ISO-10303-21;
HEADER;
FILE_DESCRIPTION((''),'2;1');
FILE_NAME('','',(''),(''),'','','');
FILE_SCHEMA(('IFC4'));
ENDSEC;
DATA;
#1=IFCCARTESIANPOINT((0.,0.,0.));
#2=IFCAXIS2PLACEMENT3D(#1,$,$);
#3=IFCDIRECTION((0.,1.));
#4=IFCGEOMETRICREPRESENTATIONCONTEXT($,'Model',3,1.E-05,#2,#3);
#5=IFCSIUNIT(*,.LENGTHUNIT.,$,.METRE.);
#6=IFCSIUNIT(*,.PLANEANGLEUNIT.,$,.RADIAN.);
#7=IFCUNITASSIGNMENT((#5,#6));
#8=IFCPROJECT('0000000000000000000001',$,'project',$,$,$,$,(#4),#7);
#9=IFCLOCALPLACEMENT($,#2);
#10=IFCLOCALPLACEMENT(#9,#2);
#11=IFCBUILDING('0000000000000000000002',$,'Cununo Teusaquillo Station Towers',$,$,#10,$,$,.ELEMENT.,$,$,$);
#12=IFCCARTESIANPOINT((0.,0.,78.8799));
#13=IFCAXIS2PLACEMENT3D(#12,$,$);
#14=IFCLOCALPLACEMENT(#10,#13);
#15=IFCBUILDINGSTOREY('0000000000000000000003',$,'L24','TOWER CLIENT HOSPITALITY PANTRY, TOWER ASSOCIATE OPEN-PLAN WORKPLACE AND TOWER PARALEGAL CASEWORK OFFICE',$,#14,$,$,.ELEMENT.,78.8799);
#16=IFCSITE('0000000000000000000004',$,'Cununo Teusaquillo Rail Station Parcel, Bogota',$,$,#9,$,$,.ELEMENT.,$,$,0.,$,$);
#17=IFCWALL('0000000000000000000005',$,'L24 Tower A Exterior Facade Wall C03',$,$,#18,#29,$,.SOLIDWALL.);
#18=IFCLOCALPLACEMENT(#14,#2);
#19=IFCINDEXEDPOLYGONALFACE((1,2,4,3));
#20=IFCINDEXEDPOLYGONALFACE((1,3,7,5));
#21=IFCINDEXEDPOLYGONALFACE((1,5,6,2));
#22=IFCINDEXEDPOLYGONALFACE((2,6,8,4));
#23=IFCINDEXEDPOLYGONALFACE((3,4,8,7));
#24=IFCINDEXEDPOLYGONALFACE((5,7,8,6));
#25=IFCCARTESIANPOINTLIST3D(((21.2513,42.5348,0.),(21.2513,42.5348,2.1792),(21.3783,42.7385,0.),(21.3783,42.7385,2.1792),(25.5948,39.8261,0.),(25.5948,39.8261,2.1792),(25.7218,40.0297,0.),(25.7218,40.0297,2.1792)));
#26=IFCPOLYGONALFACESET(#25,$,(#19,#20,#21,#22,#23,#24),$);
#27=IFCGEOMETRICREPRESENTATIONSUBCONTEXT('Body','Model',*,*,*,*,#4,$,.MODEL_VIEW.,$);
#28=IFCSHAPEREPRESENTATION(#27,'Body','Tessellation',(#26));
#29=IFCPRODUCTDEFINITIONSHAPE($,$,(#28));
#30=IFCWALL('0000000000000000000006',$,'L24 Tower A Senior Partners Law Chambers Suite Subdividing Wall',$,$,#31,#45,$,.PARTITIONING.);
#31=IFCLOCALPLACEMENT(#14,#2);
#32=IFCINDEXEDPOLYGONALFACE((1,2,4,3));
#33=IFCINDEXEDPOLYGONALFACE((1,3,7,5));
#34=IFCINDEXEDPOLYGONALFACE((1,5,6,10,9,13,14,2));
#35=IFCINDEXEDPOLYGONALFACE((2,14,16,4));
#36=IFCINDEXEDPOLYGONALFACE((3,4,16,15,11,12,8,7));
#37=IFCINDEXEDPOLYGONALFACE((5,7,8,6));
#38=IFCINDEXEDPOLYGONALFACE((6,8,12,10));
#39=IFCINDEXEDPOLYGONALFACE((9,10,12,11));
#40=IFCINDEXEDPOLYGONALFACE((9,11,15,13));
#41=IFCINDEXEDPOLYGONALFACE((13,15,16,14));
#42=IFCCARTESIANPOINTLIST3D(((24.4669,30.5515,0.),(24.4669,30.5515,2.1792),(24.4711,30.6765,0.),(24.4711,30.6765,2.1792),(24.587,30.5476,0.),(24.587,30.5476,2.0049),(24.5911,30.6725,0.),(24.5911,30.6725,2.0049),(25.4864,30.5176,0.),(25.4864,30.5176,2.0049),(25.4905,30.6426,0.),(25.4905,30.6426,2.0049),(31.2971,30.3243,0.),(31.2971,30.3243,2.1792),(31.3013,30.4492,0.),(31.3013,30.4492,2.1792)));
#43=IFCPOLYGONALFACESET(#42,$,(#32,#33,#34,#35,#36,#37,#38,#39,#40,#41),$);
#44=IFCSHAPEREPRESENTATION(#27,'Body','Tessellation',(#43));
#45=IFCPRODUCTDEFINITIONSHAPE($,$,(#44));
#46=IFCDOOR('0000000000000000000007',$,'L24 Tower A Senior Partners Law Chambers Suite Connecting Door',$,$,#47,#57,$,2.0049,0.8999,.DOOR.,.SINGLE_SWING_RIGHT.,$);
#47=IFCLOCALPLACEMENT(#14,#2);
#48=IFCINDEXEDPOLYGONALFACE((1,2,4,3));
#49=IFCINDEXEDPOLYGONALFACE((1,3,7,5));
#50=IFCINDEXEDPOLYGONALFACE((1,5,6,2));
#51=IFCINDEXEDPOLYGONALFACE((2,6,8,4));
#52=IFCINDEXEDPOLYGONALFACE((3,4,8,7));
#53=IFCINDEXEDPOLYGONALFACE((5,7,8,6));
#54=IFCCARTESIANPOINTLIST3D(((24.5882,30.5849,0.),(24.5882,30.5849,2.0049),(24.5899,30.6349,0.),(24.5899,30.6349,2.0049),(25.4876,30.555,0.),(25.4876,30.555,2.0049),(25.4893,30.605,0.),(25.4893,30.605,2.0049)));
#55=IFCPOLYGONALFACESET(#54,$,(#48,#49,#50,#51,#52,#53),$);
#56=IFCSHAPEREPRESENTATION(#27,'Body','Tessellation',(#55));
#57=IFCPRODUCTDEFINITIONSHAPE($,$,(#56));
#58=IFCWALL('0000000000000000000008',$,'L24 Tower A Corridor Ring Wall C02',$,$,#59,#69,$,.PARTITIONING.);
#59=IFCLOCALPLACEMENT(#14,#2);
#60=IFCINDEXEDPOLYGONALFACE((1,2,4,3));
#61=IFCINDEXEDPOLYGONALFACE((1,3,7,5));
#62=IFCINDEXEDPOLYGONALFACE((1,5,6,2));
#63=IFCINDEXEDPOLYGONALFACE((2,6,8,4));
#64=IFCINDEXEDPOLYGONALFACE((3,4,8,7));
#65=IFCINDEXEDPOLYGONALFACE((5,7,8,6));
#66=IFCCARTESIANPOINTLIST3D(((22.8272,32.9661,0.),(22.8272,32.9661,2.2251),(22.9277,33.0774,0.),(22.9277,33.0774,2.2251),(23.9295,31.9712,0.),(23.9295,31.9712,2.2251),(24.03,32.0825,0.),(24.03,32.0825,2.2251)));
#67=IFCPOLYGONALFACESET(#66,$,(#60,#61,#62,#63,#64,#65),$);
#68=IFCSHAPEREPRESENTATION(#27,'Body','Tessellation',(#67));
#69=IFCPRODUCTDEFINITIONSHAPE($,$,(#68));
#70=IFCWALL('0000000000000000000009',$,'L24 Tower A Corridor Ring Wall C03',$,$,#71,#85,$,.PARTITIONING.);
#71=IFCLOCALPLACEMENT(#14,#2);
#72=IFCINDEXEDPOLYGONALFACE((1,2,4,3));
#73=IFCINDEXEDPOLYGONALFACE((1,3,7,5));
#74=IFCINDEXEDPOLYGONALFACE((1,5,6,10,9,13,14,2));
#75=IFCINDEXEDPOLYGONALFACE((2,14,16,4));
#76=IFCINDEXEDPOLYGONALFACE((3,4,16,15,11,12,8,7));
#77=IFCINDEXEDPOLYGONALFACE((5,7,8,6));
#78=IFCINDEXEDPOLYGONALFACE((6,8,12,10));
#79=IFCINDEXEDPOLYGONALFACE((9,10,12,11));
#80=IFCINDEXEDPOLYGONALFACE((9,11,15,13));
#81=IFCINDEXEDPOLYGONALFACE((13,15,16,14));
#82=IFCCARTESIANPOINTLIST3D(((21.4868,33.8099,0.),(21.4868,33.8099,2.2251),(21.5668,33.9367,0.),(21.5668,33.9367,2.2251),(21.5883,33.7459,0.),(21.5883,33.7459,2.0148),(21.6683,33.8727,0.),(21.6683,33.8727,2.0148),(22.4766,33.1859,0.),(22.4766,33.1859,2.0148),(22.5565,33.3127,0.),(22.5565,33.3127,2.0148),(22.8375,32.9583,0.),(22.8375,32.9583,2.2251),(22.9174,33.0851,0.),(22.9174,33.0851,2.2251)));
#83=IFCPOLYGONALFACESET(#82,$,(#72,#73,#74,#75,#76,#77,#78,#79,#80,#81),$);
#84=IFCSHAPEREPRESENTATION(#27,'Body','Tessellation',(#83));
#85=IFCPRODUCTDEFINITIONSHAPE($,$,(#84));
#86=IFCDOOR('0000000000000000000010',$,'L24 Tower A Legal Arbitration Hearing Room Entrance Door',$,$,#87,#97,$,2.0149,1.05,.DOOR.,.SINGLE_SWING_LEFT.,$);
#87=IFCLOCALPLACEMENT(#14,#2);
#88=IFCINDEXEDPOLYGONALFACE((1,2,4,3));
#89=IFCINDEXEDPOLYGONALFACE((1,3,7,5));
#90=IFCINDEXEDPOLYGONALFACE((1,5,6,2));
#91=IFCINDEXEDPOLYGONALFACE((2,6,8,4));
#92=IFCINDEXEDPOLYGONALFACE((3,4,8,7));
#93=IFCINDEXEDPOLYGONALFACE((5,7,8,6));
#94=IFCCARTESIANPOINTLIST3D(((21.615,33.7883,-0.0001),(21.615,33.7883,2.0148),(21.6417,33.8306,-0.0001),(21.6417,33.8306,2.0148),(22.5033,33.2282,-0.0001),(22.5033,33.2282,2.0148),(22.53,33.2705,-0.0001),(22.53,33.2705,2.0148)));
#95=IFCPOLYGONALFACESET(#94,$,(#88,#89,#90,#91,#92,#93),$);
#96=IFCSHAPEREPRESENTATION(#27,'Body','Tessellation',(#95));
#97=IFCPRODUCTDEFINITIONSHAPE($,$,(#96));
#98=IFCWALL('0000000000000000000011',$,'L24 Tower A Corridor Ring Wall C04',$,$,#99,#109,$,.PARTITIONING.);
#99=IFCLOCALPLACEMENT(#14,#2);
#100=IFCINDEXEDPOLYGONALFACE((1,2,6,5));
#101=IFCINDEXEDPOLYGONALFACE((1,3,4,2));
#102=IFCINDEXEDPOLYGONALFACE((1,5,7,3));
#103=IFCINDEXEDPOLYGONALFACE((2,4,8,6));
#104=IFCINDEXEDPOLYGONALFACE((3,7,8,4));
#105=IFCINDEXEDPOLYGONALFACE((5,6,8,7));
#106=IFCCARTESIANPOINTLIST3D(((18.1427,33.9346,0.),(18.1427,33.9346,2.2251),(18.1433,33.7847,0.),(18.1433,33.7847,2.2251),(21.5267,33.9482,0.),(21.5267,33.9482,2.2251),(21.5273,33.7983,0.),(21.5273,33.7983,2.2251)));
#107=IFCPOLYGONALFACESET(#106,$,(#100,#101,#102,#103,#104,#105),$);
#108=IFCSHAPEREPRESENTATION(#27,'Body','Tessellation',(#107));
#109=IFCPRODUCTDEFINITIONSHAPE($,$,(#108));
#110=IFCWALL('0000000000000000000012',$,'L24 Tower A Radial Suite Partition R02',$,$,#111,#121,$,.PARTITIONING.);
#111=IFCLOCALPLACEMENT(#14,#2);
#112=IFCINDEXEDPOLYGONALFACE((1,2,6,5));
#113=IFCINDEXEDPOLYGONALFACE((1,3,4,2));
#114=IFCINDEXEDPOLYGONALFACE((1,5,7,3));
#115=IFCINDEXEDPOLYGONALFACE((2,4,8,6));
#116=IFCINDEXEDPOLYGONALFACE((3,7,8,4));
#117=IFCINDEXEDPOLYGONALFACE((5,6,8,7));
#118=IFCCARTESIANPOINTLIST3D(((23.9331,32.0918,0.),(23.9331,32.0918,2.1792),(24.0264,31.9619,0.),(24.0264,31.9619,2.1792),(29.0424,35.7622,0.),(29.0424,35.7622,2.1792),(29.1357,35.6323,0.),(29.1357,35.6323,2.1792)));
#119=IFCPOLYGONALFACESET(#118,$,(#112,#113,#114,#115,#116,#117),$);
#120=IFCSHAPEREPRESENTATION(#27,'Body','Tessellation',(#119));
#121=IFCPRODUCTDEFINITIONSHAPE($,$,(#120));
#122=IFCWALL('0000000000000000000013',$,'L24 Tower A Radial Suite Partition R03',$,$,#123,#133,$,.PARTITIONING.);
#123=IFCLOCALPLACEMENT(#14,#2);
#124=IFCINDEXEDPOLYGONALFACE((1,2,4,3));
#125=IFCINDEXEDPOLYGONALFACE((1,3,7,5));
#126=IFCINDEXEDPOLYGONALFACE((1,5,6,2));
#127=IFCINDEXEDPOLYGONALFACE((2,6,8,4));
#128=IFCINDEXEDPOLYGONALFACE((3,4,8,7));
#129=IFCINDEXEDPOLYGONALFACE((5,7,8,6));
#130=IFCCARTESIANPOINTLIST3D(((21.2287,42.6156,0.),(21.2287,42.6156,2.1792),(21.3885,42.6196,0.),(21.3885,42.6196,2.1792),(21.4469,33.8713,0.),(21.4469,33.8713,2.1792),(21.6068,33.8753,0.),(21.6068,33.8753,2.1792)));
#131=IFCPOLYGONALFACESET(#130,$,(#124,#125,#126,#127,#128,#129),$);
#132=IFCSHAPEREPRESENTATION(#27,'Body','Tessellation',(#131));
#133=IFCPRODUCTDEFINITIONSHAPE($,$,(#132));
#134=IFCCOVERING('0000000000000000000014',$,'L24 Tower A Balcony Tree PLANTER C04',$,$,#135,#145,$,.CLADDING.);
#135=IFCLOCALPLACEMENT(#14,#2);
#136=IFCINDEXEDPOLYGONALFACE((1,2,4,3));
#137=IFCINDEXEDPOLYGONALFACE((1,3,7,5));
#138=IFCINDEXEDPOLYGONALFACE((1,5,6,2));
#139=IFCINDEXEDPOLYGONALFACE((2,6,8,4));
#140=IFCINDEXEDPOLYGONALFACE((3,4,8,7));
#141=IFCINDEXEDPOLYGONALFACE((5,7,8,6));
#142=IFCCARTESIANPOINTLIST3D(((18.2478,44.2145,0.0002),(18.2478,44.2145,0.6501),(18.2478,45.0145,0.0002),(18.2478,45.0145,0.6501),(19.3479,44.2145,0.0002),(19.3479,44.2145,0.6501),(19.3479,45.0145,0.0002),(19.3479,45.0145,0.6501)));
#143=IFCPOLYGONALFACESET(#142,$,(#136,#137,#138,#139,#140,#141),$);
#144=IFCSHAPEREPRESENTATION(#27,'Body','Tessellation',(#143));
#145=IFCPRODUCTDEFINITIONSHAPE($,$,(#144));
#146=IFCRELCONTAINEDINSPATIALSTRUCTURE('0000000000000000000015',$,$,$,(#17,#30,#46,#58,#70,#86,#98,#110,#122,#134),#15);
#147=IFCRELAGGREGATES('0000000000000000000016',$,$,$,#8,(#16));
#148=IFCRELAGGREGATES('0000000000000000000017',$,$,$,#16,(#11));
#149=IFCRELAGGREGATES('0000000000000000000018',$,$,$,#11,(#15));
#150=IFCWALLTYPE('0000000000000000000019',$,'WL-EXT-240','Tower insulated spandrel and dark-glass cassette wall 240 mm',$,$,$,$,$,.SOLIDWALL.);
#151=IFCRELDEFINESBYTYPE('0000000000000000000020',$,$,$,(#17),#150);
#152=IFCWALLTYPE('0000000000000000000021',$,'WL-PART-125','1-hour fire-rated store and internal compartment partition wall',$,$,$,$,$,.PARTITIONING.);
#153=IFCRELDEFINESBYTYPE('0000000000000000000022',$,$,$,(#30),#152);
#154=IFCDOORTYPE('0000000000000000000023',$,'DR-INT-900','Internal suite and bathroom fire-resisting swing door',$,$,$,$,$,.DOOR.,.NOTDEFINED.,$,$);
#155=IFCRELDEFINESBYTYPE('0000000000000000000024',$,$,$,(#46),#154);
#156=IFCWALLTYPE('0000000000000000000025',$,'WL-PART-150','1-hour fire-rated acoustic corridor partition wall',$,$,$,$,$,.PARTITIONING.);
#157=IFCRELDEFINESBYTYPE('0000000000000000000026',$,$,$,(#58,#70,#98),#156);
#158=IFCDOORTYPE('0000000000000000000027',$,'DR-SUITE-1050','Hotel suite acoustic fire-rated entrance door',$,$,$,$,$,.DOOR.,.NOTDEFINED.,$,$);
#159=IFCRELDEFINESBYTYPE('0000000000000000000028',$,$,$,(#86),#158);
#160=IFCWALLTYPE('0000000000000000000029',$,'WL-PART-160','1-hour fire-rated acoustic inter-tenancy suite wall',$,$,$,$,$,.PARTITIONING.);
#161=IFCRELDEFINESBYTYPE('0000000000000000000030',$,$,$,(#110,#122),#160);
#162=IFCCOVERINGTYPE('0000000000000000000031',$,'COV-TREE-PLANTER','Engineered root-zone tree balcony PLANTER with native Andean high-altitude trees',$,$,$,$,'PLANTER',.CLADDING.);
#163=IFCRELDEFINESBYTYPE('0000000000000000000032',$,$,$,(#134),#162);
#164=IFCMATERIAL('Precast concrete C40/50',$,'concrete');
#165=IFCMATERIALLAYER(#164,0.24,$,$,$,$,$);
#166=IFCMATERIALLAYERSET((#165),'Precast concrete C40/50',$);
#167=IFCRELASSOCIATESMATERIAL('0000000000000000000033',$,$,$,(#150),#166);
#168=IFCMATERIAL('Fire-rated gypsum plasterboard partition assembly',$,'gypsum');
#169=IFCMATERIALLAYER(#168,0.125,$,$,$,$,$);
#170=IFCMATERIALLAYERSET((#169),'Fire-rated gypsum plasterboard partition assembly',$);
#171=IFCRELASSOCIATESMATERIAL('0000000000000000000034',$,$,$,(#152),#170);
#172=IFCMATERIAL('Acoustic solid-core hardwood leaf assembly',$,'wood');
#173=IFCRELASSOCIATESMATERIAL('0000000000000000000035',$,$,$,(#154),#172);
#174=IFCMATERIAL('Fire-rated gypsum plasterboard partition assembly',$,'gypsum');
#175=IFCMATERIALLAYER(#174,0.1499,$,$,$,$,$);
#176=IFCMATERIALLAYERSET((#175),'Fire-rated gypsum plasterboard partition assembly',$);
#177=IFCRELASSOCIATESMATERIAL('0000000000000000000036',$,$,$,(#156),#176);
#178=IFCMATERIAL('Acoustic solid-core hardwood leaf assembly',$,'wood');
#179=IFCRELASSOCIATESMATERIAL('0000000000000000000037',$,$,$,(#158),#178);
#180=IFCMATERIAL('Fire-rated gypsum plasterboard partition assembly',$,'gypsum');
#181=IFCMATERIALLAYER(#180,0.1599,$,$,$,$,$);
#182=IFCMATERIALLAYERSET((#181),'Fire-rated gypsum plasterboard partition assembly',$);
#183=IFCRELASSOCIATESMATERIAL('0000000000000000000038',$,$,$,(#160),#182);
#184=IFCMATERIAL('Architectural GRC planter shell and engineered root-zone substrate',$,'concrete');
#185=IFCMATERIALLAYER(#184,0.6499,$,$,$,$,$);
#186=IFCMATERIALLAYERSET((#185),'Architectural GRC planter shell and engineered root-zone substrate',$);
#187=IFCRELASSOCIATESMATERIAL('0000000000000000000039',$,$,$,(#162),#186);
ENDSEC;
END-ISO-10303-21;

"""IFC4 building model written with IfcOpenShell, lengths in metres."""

from ifc_helpers import new_model, si_unit, direction, frame, frame_2d, origin, origin_2d, place, context, subcontext, project, spatial, rectangle, extrude, source, transform, mapped, material, layer, layer_set, type_object, element, fill, save


model = new_model("IFC4")

# Units and contexts
model_context = context("Model", 3, precision=1e-05, world=origin(), true_north=direction((0.0, 1.0)))
body_context = subcontext(model_context, "Body", "Model", "MODEL_VIEW")
ifc_project = project(units=[si_unit("LENGTHUNIT", "METRE"), si_unit("PLANEANGLEUNIT", "RADIAN")], contexts=[model_context])

# Site, building, storey
site_placement = place(None, origin())
site = spatial("IfcSite", under=ifc_project, at=site_placement, Name="Cununo Teusaquillo Rail Station Parcel, Bogota", CompositionType="ELEMENT", RefElevation=0.0)
building_placement = place(site_placement, origin())
building = spatial("IfcBuilding", under=site, at=building_placement, Name="Cununo Teusaquillo Station Towers", CompositionType="ELEMENT")
storey_placement = place(building_placement, frame((0.0, 0.0, 78.8799)))
storey = spatial("IfcBuildingStorey", under=building, at=storey_placement, Name="L24", Description="TOWER CLIENT HOSPITALITY PANTRY, TOWER ASSOCIATE OPEN-PLAN WORKPLACE AND TOWER PARALEGAL CASEWORK OFFICE", CompositionType="ELEMENT", Elevation=78.8799)

# Shared definitions
ifc_material_1 = material(Name="Precast concrete C40/50", Category="concrete")
ifc_layer_1 = layer(ifc_material_1, 0.24)
ifc_layer_set_1 = layer_set([ifc_layer_1], Name="Precast concrete C40/50")
wall_type_1 = type_object("IfcWallType", Name="WL-EXT-240", Description="Tower insulated spandrel and dark-glass cassette wall 240 mm", PredefinedType="SOLIDWALL", material=ifc_layer_set_1)

# Wall
wall_1_placement = place(storey_placement, frame((21.3147, 42.6367, 0.0), z_axis=(0.0, 0.0, 1.0), x_axis=(0.84852, -0.529163, 0.0)))
element("IfcWall", 1, at=wall_1_placement, inside=storey, type_object=wall_type_1, Name="L24 Tower A Exterior Facade Wall C03", PredefinedType="SOLIDWALL", context=body_context, shape_type="SweptSolid", body=[
    extrude(rectangle(XDim=5.1189, YDim=0.24, at=frame_2d((2.5596, 0.0))), origin(), (0.0, 0.0, 1.0), 2.1792),
])

# Wall, opening, door
ifc_material_2 = material(Name="Fire-rated gypsum plasterboard partition assembly", Category="gypsum")
ifc_layer_2 = layer(ifc_material_2, 0.125)
ifc_layer_set_2 = layer_set([ifc_layer_2], Name="Fire-rated gypsum plasterboard partition assembly")
wall_type_2 = type_object("IfcWallType", Name="WL-PART-125", Description="1-hour fire-rated store and internal compartment partition wall", PredefinedType="PARTITIONING", material=ifc_layer_set_2)
wall_2_placement = place(storey_placement, frame((24.469, 30.614, 0.0), z_axis=(0.0, 0.0, 1.0), x_axis=(0.999447, -0.033259, 0.0)))
wall_2 = element("IfcWall", 2, at=wall_2_placement, inside=storey, type_object=wall_type_2, Name="L24 Tower A Senior Partners Law Chambers Suite Subdividing Wall", PredefinedType="PARTITIONING", context=body_context, shape_type="SweptSolid", body=[
    extrude(rectangle(XDim=6.834, YDim=0.125, at=frame_2d((3.417, 0.0))), origin(), (0.0, 0.0, 1.0), 2.1792),
])
shared_shape_1 = source(origin(), body_context, "Body", "SweptSolid", [
    extrude(rectangle(XDim=0.8999, YDim=2.0049, at=frame_2d((0.45, 1.0024))), frame((0.0, 0.0725, 0.0), z_axis=(0.0, -1.0, 0.0), x_axis=(1.0, 0.0, 0.0)), (0.0, 0.0, 1.0), 0.145),
])
opening_1_placement = place(wall_2_placement, frame((0.1201, 0.0, 0.0)))
opening_1 = element("IfcOpeningElement", 3, at=opening_1_placement, cuts=wall_2, PredefinedType="OPENING", context=body_context, shape_type="MappedRepresentation", body=[
    mapped(shared_shape_1, transform((0.0, 0.0, 0.0), x_axis=(1.0, 0.0, 0.0), y_axis=(0.0, 1.0, 0.0), z_axis=(0.0, 0.0, 1.0), scale=1.0)),
])
ifc_material_3 = material(Name="Acoustic solid-core hardwood leaf assembly", Category="wood")
door_type_1 = type_object("IfcDoorType", Name="DR-INT-900", Description="Internal suite and bathroom fire-resisting swing door", OperationType="NOTDEFINED", PredefinedType="DOOR", material=ifc_material_3)
shared_shape_2 = source(origin(), body_context, "Body", "SweptSolid", [
    extrude(rectangle(XDim=0.8999, YDim=2.0049, at=frame_2d((0.45, 1.0024))), frame((0.0, 0.0249, 0.0), z_axis=(0.0, -1.0, 0.0), x_axis=(1.0, 0.0, 0.0)), (0.0, 0.0, 1.0), 0.05),
])
door_1_placement = place(opening_1_placement, origin())
door_1 = element("IfcDoor", 4, at=door_1_placement, inside=storey, type_object=door_type_1, Name="L24 Tower A Senior Partners Law Chambers Suite Connecting Door", OperationType="SINGLE_SWING_RIGHT", OverallHeight=2.0049, OverallWidth=0.8999, PredefinedType="DOOR", context=body_context, shape_type="MappedRepresentation", body=[
    mapped(shared_shape_2, transform((0.0, 0.0, 0.0), x_axis=(1.0, 0.0, 0.0), y_axis=(0.0, 1.0, 0.0), z_axis=(0.0, 0.0, 1.0), scale=1.0)),
])
fill(opening_1, door_1)

# Wall
ifc_material_4 = material(Name="Fire-rated gypsum plasterboard partition assembly", Category="gypsum")
ifc_layer_3 = layer(ifc_material_4, 0.1499)
ifc_layer_set_3 = layer_set([ifc_layer_3], Name="Fire-rated gypsum plasterboard partition assembly")
wall_type_3 = type_object("IfcWallType", Name="WL-PART-150", Description="1-hour fire-rated acoustic corridor partition wall", PredefinedType="PARTITIONING", material=ifc_layer_set_3)
wall_3_placement = place(storey_placement, frame((23.9797, 32.0269, 0.0), z_axis=(0.0, 0.0, 1.0), x_axis=(-0.742353, 0.670009, 0.0)))
element("IfcWall", 5, at=wall_3_placement, inside=storey, type_object=wall_type_3, Name="L24 Tower A Corridor Ring Wall C02", PredefinedType="PARTITIONING", context=body_context, shape_type="SweptSolid", body=[
    extrude(rectangle(XDim=1.4849, YDim=0.1499, at=frame_2d((0.7424, 0.0))), origin(), (0.0, 0.0, 1.0), 2.2251),
])

# Wall, opening, door
wall_4_placement = place(storey_placement, frame((22.8774, 33.0217, 0.0), z_axis=(0.0, 0.0, 1.0), x_axis=(-0.845896, 0.533348, 0.0)))
wall_4 = element("IfcWall", 6, at=wall_4_placement, inside=storey, type_object=wall_type_3, Name="L24 Tower A Corridor Ring Wall C03", PredefinedType="PARTITIONING", context=body_context, shape_type="SweptSolid", body=[
    extrude(rectangle(XDim=1.5967, YDim=0.1499, at=frame_2d((0.7983, 0.0))), origin(), (0.0, 0.0, 1.0), 2.2251),
])
shared_shape_3 = source(origin(), body_context, "Body", "SweptSolid", [
    extrude(rectangle(XDim=1.05, YDim=2.0149, at=frame_2d((0.5249, 1.0073))), frame((0.0, 0.085, 0.0), z_axis=(0.0, -1.0, 0.0), x_axis=(1.0, 0.0, 0.0)), (0.0, 0.0, 1.0), 0.1699),
])
opening_2_placement = place(wall_4_placement, frame((0.4268, 0.0, 0.0)))
opening_2 = element("IfcOpeningElement", 7, at=opening_2_placement, cuts=wall_4, PredefinedType="OPENING", context=body_context, shape_type="MappedRepresentation", body=[
    mapped(shared_shape_3, transform((0.0, 0.0, 0.0), x_axis=(1.0, 0.0, 0.0), y_axis=(0.0, 1.0, 0.0), z_axis=(0.0, 0.0, 1.0), scale=1.0)),
])
ifc_material_5 = material(Name="Acoustic solid-core hardwood leaf assembly", Category="wood")
door_type_2 = type_object("IfcDoorType", Name="DR-SUITE-1050", Description="Hotel suite acoustic fire-rated entrance door", OperationType="NOTDEFINED", PredefinedType="DOOR", material=ifc_material_5)
shared_shape_4 = source(origin(), body_context, "Body", "SweptSolid", [
    extrude(rectangle(XDim=1.05, YDim=2.0149, at=frame_2d((0.5249, 1.0073))), frame((0.0, 0.0249, 0.0), z_axis=(0.0, -1.0, 0.0), x_axis=(1.0, 0.0, 0.0)), (0.0, 0.0, 1.0), 0.05),
])
door_2_placement = place(opening_2_placement, origin())
door_2 = element("IfcDoor", 8, at=door_2_placement, inside=storey, type_object=door_type_2, Name="L24 Tower A Legal Arbitration Hearing Room Entrance Door", OperationType="SINGLE_SWING_LEFT", OverallHeight=2.0149, OverallWidth=1.05, PredefinedType="DOOR", context=body_context, shape_type="MappedRepresentation", body=[
    mapped(shared_shape_4, transform((0.0, 0.0, 0.0), x_axis=(1.0, 0.0, 0.0), y_axis=(0.0, 1.0, 0.0), z_axis=(0.0, 0.0, 1.0), scale=1.0)),
])
fill(opening_2, door_2)

# Walls
wall_5_placement = place(storey_placement, frame((21.5269, 33.8733, 0.0), z_axis=(0.0, 0.0, 1.0), x_axis=(-0.999992, -0.00404, 0.0)))
element("IfcWall", 9, at=wall_5_placement, inside=storey, type_object=wall_type_3, Name="L24 Tower A Corridor Ring Wall C04", PredefinedType="PARTITIONING", context=body_context, shape_type="SweptSolid", body=[
    extrude(rectangle(XDim=3.384, YDim=0.1499, at=frame_2d((1.6919, 0.0))), origin(), (0.0, 0.0, 1.0), 2.2251),
])
ifc_material_6 = material(Name="Fire-rated gypsum plasterboard partition assembly", Category="gypsum")
ifc_layer_4 = layer(ifc_material_6, 0.1599)
ifc_layer_set_4 = layer_set([ifc_layer_4], Name="Fire-rated gypsum plasterboard partition assembly")
wall_type_4 = type_object("IfcWallType", Name="WL-PART-160", Description="1-hour fire-rated acoustic inter-tenancy suite wall", PredefinedType="PARTITIONING", material=ifc_layer_set_4)
wall_6_placement = place(storey_placement, frame((23.9797, 32.0269, 0.0), z_axis=(0.0, 0.0, 1.0), x_axis=(0.812162, 0.583431, 0.0)))
element("IfcWall", 10, at=wall_6_placement, inside=storey, type_object=wall_type_4, Name="L24 Tower A Radial Suite Partition R02", PredefinedType="PARTITIONING", context=body_context, shape_type="SweptSolid", body=[
    extrude(rectangle(XDim=6.291, YDim=0.1599, at=frame_2d((3.1455, 0.0))), origin(), (0.0, 0.0, 1.0), 2.1792),
])
wall_7_placement = place(storey_placement, frame((21.5269, 33.8733, 0.0), z_axis=(0.0, 0.0, 1.0), x_axis=(-0.024952, 0.999689, 0.0)))
element("IfcWall", 11, at=wall_7_placement, inside=storey, type_object=wall_type_4, Name="L24 Tower A Radial Suite Partition R03", PredefinedType="PARTITIONING", context=body_context, shape_type="SweptSolid", body=[
    extrude(rectangle(XDim=8.7471, YDim=0.1599, at=frame_2d((4.3735, 0.0))), origin(), (0.0, 0.0, 1.0), 2.1792),
])

# Covering
ifc_material_7 = material(Name="Architectural GRC planter shell and engineered root-zone substrate", Category="concrete")
ifc_layer_5 = layer(ifc_material_7, 0.6499)
ifc_layer_set_5 = layer_set([ifc_layer_5], Name="Architectural GRC planter shell and engineered root-zone substrate")
covering_type = type_object("IfcCoveringType", Name="COV-TREE-PLANTER", Description="Engineered root-zone tree balcony PLANTER with native Andean high-altitude trees", ElementType="PLANTER", PredefinedType="CLADDING", material=ifc_layer_set_5)
shared_shape_5 = source(origin(), body_context, "Body", "SweptSolid", [
    extrude(rectangle(XDim=1.1001, YDim=0.8, at=origin_2d()), origin(), (0.0, 0.0, 1.0), 0.6499),
])
covering_placement = place(storey_placement, frame((18.7979, 44.6145, 0.0002), z_axis=(0.0, 0.0, 1.0), x_axis=(1.0, 0.0, 0.0)))
element("IfcCovering", 12, at=covering_placement, inside=storey, type_object=covering_type, Name="L24 Tower A Balcony Tree PLANTER C04", PredefinedType="CLADDING", context=body_context, shape_type="MappedRepresentation", body=[
    mapped(shared_shape_5, transform((0.0, 0.0, 0.0), x_axis=(1.0, 0.0, 0.0), y_axis=(0.0, 1.0, 0.0), z_axis=(0.0, 0.0, 1.0), scale=1.0)),
])

save(model, "model.ifc")
